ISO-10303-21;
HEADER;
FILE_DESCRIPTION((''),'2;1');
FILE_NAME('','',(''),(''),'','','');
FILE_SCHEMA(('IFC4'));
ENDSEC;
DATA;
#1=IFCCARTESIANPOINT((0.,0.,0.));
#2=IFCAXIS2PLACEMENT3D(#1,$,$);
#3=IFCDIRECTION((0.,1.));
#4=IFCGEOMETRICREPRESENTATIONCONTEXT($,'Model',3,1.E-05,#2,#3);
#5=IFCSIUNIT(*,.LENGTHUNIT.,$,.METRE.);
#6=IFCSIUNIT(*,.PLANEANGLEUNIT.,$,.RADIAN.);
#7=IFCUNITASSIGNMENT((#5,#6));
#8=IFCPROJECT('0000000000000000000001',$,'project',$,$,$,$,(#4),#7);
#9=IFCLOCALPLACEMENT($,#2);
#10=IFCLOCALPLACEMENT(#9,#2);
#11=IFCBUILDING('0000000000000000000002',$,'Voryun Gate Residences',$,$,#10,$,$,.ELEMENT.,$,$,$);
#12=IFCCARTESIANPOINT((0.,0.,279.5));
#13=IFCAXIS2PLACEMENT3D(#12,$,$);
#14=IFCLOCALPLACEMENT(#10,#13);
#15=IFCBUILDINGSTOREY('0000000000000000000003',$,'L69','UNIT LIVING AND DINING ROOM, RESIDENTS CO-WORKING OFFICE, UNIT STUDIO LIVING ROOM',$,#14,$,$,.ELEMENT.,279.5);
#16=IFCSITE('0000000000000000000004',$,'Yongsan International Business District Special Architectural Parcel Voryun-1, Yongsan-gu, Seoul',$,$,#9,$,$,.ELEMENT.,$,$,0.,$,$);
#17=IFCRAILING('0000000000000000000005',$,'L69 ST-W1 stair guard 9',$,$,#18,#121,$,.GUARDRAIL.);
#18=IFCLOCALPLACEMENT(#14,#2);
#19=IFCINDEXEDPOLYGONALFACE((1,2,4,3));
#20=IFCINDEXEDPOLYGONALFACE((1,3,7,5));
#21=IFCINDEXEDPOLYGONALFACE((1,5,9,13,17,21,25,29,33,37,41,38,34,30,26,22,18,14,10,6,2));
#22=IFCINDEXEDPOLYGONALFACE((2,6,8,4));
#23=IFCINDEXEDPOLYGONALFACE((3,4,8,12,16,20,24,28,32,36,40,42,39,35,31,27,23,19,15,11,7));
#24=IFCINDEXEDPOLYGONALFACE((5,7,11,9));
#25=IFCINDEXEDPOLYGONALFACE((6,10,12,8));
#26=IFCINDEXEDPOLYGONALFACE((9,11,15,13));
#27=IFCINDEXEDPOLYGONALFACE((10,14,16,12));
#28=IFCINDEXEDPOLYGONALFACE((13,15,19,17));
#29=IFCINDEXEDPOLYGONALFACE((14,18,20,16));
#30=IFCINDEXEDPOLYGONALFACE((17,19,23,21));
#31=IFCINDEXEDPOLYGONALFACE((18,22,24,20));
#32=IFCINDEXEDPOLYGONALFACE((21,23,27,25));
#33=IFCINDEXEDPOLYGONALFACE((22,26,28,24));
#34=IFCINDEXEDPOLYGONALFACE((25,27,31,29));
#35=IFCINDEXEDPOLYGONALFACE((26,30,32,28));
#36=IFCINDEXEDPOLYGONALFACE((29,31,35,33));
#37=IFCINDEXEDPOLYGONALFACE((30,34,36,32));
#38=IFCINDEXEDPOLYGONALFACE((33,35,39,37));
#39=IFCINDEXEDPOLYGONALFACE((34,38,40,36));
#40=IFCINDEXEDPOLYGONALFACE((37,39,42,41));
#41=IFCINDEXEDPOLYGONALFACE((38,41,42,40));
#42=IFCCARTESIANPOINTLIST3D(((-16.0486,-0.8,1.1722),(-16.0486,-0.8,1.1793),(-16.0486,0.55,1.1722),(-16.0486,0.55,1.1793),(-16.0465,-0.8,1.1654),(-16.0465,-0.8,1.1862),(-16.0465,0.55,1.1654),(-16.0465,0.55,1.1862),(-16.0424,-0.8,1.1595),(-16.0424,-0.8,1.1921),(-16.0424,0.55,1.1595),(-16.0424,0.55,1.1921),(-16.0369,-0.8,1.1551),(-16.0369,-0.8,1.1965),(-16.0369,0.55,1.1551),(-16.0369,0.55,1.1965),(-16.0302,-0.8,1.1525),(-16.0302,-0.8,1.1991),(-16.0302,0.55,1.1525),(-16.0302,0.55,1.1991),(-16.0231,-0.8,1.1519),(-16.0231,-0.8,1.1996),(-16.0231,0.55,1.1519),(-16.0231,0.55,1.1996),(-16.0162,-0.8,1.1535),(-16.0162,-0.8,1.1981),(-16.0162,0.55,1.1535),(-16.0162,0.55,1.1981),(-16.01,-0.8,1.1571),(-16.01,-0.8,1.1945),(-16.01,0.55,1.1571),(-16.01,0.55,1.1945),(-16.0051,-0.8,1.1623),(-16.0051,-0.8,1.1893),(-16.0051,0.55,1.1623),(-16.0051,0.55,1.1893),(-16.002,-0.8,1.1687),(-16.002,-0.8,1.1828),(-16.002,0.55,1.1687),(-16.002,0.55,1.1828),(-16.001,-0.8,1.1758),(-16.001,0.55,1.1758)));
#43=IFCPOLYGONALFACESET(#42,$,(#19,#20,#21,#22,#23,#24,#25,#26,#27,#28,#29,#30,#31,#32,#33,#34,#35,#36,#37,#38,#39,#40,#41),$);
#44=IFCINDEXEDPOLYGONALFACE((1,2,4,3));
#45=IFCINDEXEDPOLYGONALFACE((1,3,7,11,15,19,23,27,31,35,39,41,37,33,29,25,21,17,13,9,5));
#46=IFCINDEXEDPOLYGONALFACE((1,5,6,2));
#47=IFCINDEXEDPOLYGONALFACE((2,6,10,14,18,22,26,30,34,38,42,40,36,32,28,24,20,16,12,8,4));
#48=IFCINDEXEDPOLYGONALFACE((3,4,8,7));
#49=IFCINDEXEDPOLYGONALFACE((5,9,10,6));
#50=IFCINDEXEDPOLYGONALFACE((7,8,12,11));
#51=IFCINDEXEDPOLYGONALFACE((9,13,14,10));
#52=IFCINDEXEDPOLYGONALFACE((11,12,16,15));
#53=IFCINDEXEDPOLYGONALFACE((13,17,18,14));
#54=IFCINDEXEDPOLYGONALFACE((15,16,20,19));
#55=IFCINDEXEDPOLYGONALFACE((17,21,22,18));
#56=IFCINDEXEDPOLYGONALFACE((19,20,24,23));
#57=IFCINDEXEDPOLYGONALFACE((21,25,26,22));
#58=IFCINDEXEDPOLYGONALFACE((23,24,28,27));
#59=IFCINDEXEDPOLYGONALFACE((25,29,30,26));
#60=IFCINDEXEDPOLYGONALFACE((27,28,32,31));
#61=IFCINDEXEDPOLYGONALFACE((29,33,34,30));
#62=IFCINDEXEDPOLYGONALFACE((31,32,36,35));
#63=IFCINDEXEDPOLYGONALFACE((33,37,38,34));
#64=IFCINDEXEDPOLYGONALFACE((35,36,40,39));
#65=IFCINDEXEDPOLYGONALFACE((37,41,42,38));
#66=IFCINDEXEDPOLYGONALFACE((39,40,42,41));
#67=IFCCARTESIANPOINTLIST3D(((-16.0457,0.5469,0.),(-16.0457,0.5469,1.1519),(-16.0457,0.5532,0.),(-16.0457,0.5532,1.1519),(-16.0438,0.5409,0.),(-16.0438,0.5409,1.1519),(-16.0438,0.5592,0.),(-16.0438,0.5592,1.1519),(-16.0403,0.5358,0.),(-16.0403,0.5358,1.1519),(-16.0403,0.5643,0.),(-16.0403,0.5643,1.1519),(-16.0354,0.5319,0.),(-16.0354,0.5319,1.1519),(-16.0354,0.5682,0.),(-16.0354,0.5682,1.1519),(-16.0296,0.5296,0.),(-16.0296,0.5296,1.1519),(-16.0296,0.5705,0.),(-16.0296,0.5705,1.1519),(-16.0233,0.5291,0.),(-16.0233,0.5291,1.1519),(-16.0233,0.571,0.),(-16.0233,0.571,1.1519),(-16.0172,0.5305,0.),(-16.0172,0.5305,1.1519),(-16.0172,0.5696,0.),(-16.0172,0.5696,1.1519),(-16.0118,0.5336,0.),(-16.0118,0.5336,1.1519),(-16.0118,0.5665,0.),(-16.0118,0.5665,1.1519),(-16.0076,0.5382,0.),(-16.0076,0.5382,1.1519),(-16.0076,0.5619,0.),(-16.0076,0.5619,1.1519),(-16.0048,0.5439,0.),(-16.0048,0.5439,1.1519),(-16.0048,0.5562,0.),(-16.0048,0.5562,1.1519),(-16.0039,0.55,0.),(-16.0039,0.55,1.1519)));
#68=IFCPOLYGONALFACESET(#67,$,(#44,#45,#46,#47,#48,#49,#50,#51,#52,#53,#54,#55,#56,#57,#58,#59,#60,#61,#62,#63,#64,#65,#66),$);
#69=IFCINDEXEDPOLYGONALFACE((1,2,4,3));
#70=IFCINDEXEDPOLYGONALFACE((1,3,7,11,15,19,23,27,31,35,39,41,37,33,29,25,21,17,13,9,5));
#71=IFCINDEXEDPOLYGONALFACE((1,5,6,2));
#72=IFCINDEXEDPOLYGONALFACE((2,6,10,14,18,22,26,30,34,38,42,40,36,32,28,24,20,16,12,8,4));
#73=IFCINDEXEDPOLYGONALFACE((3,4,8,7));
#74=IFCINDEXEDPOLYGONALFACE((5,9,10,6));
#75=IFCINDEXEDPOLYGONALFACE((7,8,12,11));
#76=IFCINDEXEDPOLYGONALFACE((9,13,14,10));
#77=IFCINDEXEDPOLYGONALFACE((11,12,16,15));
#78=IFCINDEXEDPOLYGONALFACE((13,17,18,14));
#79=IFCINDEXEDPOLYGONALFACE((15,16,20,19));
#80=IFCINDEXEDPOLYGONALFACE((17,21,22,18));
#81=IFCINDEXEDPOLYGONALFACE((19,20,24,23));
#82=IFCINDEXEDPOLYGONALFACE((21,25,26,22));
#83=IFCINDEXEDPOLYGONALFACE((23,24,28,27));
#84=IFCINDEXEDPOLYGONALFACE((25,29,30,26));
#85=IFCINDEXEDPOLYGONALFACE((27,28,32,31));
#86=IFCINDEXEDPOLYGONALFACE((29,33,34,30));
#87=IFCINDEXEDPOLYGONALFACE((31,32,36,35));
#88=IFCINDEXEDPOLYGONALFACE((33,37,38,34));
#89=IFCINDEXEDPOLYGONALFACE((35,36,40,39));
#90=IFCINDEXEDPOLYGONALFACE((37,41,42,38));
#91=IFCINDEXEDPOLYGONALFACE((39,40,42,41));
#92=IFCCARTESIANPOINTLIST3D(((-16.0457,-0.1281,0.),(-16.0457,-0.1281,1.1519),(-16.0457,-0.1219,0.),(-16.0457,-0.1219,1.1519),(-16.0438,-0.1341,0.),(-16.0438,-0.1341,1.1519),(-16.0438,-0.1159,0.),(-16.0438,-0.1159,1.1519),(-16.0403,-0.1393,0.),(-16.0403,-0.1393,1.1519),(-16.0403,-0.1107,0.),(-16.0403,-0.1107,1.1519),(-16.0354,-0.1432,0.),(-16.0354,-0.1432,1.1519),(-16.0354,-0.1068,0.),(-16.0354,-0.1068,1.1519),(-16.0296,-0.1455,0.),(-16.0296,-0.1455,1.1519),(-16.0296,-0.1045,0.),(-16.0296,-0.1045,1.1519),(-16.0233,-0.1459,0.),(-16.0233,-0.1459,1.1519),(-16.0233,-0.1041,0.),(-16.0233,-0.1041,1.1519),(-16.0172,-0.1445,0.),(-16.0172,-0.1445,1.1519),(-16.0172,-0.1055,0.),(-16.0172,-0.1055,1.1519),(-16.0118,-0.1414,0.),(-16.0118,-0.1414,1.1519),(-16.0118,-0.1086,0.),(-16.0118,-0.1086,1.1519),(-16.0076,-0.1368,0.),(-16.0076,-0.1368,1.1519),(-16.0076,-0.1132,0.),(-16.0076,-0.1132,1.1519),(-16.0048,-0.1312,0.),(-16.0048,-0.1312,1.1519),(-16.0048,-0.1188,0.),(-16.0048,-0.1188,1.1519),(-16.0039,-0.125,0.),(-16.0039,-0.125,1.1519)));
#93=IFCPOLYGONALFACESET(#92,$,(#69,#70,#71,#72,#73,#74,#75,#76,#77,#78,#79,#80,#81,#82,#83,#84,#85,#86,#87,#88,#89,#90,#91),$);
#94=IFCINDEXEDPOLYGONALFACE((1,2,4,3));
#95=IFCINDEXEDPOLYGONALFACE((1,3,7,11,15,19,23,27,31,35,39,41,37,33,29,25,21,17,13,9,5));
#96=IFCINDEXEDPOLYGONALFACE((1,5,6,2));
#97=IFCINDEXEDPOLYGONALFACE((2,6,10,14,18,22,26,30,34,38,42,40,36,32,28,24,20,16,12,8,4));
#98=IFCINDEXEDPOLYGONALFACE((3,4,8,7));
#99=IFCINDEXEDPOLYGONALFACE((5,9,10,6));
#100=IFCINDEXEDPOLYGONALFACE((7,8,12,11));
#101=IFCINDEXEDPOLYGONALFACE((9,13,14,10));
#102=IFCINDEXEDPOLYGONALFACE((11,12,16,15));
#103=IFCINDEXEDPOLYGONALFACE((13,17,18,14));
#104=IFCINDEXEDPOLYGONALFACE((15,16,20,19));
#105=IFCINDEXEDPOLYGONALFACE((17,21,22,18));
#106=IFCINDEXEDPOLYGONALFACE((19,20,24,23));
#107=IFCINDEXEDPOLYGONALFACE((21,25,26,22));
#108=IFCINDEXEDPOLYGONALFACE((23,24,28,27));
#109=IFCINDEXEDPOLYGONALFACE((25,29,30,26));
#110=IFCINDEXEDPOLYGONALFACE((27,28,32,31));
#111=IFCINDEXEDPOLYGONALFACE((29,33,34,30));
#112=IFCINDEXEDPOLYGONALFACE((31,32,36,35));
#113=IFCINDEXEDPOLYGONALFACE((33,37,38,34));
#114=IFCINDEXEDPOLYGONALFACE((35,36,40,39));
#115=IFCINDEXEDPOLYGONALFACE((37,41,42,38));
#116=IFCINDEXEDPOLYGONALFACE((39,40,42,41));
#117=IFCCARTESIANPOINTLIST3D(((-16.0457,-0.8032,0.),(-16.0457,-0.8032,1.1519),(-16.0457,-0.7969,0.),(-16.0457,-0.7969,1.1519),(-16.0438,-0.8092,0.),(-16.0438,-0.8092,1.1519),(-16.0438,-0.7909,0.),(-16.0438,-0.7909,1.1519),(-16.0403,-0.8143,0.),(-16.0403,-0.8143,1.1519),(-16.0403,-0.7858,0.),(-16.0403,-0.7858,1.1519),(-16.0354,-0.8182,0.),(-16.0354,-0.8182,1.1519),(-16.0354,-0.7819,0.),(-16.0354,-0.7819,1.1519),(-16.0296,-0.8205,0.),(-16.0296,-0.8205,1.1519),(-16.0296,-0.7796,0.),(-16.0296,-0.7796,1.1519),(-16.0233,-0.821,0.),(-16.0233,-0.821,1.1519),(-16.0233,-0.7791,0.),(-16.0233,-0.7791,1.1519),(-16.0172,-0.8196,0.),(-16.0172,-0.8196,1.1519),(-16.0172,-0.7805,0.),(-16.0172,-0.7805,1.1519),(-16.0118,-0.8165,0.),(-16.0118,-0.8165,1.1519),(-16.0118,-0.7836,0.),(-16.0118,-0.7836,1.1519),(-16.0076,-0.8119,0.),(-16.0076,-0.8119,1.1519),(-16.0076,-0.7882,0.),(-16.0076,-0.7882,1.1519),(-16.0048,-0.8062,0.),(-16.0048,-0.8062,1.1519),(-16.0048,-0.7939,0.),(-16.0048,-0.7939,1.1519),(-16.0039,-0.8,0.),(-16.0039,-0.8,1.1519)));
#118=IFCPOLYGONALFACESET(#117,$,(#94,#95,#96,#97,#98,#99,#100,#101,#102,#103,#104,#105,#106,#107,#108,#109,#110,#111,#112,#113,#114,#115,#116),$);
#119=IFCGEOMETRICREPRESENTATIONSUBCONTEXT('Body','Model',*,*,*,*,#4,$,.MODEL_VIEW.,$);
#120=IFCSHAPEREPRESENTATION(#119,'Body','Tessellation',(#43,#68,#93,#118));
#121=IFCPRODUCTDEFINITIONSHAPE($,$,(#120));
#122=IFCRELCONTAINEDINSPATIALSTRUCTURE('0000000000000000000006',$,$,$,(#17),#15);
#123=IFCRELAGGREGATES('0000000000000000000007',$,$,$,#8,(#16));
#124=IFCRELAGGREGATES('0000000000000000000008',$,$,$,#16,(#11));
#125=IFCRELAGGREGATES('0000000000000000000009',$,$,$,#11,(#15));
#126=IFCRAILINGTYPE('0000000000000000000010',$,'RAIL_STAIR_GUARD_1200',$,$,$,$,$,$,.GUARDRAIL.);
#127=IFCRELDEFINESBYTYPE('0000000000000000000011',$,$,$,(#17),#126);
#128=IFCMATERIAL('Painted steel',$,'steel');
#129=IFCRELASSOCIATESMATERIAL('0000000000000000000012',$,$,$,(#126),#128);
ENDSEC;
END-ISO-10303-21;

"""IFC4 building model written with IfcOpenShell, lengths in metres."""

from ifc_helpers import new_model, si_unit, direction, frame, origin, origin_2d, place, context, subcontext, project, spatial, circle, extrude, material, type_object, element, save


model = new_model("IFC4")

# Units and contexts
model_context = context("Model", 3, precision=1e-05, world=origin(), true_north=direction((0.0, 1.0)))
body_context = subcontext(model_context, "Body", "Model", "MODEL_VIEW")
ifc_project = project(units=[si_unit("LENGTHUNIT", "METRE"), si_unit("PLANEANGLEUNIT", "RADIAN")], contexts=[model_context])

# Site, building, storey
site_placement = place(None, origin())
site = spatial("IfcSite", under=ifc_project, at=site_placement, Name="Yongsan International Business District Special Architectural Parcel Voryun-1, Yongsan-gu, Seoul", CompositionType="ELEMENT", RefElevation=0.0)
building_placement = place(site_placement, origin())
building = spatial("IfcBuilding", under=site, at=building_placement, Name="Voryun Gate Residences", CompositionType="ELEMENT")
storey_placement = place(building_placement, frame((0.0, 0.0, 279.5)))
storey = spatial("IfcBuildingStorey", under=building, at=storey_placement, Name="L69", Description="UNIT LIVING AND DINING ROOM, RESIDENTS CO-WORKING OFFICE, UNIT STUDIO LIVING ROOM", CompositionType="ELEMENT", Elevation=279.5)

# Railing
ifc_material_1 = material(Name="Painted steel", Category="steel")
railing_type = type_object("IfcRailingType", Name="RAIL_STAIR_GUARD_1200", PredefinedType="GUARDRAIL", material=ifc_material_1)
railing_1_placement = place(storey_placement, frame((-16.0249, 0.55, 0.0)))
element("IfcRailing", 1, at=railing_1_placement, inside=storey, type_object=railing_type, Name="L69 ST-W1 stair guard 9", PredefinedType="GUARDRAIL", context=body_context, shape_type="SweptSolid", body=[
    extrude(circle(Radius=0.0239, at=origin_2d()), frame((0.0, 0.0, 1.1758), z_axis=(0.0, -1.0, 0.0), x_axis=(1.0, 0.0, 0.0)), (0.0, 0.0, 1.0), 1.3501),
    extrude(circle(Radius=0.021, at=origin_2d()), origin(), (0.0, 0.0, 1.0), 1.1519),
    extrude(circle(Radius=0.021, at=origin_2d()), frame((0.0, -0.675, 0.0)), (0.0, 0.0, 1.0), 1.1519),
    extrude(circle(Radius=0.021, at=origin_2d()), frame((0.0, -1.3501, 0.0)), (0.0, 0.0, 1.0), 1.1519),
])

save(model, "model.ifc")
